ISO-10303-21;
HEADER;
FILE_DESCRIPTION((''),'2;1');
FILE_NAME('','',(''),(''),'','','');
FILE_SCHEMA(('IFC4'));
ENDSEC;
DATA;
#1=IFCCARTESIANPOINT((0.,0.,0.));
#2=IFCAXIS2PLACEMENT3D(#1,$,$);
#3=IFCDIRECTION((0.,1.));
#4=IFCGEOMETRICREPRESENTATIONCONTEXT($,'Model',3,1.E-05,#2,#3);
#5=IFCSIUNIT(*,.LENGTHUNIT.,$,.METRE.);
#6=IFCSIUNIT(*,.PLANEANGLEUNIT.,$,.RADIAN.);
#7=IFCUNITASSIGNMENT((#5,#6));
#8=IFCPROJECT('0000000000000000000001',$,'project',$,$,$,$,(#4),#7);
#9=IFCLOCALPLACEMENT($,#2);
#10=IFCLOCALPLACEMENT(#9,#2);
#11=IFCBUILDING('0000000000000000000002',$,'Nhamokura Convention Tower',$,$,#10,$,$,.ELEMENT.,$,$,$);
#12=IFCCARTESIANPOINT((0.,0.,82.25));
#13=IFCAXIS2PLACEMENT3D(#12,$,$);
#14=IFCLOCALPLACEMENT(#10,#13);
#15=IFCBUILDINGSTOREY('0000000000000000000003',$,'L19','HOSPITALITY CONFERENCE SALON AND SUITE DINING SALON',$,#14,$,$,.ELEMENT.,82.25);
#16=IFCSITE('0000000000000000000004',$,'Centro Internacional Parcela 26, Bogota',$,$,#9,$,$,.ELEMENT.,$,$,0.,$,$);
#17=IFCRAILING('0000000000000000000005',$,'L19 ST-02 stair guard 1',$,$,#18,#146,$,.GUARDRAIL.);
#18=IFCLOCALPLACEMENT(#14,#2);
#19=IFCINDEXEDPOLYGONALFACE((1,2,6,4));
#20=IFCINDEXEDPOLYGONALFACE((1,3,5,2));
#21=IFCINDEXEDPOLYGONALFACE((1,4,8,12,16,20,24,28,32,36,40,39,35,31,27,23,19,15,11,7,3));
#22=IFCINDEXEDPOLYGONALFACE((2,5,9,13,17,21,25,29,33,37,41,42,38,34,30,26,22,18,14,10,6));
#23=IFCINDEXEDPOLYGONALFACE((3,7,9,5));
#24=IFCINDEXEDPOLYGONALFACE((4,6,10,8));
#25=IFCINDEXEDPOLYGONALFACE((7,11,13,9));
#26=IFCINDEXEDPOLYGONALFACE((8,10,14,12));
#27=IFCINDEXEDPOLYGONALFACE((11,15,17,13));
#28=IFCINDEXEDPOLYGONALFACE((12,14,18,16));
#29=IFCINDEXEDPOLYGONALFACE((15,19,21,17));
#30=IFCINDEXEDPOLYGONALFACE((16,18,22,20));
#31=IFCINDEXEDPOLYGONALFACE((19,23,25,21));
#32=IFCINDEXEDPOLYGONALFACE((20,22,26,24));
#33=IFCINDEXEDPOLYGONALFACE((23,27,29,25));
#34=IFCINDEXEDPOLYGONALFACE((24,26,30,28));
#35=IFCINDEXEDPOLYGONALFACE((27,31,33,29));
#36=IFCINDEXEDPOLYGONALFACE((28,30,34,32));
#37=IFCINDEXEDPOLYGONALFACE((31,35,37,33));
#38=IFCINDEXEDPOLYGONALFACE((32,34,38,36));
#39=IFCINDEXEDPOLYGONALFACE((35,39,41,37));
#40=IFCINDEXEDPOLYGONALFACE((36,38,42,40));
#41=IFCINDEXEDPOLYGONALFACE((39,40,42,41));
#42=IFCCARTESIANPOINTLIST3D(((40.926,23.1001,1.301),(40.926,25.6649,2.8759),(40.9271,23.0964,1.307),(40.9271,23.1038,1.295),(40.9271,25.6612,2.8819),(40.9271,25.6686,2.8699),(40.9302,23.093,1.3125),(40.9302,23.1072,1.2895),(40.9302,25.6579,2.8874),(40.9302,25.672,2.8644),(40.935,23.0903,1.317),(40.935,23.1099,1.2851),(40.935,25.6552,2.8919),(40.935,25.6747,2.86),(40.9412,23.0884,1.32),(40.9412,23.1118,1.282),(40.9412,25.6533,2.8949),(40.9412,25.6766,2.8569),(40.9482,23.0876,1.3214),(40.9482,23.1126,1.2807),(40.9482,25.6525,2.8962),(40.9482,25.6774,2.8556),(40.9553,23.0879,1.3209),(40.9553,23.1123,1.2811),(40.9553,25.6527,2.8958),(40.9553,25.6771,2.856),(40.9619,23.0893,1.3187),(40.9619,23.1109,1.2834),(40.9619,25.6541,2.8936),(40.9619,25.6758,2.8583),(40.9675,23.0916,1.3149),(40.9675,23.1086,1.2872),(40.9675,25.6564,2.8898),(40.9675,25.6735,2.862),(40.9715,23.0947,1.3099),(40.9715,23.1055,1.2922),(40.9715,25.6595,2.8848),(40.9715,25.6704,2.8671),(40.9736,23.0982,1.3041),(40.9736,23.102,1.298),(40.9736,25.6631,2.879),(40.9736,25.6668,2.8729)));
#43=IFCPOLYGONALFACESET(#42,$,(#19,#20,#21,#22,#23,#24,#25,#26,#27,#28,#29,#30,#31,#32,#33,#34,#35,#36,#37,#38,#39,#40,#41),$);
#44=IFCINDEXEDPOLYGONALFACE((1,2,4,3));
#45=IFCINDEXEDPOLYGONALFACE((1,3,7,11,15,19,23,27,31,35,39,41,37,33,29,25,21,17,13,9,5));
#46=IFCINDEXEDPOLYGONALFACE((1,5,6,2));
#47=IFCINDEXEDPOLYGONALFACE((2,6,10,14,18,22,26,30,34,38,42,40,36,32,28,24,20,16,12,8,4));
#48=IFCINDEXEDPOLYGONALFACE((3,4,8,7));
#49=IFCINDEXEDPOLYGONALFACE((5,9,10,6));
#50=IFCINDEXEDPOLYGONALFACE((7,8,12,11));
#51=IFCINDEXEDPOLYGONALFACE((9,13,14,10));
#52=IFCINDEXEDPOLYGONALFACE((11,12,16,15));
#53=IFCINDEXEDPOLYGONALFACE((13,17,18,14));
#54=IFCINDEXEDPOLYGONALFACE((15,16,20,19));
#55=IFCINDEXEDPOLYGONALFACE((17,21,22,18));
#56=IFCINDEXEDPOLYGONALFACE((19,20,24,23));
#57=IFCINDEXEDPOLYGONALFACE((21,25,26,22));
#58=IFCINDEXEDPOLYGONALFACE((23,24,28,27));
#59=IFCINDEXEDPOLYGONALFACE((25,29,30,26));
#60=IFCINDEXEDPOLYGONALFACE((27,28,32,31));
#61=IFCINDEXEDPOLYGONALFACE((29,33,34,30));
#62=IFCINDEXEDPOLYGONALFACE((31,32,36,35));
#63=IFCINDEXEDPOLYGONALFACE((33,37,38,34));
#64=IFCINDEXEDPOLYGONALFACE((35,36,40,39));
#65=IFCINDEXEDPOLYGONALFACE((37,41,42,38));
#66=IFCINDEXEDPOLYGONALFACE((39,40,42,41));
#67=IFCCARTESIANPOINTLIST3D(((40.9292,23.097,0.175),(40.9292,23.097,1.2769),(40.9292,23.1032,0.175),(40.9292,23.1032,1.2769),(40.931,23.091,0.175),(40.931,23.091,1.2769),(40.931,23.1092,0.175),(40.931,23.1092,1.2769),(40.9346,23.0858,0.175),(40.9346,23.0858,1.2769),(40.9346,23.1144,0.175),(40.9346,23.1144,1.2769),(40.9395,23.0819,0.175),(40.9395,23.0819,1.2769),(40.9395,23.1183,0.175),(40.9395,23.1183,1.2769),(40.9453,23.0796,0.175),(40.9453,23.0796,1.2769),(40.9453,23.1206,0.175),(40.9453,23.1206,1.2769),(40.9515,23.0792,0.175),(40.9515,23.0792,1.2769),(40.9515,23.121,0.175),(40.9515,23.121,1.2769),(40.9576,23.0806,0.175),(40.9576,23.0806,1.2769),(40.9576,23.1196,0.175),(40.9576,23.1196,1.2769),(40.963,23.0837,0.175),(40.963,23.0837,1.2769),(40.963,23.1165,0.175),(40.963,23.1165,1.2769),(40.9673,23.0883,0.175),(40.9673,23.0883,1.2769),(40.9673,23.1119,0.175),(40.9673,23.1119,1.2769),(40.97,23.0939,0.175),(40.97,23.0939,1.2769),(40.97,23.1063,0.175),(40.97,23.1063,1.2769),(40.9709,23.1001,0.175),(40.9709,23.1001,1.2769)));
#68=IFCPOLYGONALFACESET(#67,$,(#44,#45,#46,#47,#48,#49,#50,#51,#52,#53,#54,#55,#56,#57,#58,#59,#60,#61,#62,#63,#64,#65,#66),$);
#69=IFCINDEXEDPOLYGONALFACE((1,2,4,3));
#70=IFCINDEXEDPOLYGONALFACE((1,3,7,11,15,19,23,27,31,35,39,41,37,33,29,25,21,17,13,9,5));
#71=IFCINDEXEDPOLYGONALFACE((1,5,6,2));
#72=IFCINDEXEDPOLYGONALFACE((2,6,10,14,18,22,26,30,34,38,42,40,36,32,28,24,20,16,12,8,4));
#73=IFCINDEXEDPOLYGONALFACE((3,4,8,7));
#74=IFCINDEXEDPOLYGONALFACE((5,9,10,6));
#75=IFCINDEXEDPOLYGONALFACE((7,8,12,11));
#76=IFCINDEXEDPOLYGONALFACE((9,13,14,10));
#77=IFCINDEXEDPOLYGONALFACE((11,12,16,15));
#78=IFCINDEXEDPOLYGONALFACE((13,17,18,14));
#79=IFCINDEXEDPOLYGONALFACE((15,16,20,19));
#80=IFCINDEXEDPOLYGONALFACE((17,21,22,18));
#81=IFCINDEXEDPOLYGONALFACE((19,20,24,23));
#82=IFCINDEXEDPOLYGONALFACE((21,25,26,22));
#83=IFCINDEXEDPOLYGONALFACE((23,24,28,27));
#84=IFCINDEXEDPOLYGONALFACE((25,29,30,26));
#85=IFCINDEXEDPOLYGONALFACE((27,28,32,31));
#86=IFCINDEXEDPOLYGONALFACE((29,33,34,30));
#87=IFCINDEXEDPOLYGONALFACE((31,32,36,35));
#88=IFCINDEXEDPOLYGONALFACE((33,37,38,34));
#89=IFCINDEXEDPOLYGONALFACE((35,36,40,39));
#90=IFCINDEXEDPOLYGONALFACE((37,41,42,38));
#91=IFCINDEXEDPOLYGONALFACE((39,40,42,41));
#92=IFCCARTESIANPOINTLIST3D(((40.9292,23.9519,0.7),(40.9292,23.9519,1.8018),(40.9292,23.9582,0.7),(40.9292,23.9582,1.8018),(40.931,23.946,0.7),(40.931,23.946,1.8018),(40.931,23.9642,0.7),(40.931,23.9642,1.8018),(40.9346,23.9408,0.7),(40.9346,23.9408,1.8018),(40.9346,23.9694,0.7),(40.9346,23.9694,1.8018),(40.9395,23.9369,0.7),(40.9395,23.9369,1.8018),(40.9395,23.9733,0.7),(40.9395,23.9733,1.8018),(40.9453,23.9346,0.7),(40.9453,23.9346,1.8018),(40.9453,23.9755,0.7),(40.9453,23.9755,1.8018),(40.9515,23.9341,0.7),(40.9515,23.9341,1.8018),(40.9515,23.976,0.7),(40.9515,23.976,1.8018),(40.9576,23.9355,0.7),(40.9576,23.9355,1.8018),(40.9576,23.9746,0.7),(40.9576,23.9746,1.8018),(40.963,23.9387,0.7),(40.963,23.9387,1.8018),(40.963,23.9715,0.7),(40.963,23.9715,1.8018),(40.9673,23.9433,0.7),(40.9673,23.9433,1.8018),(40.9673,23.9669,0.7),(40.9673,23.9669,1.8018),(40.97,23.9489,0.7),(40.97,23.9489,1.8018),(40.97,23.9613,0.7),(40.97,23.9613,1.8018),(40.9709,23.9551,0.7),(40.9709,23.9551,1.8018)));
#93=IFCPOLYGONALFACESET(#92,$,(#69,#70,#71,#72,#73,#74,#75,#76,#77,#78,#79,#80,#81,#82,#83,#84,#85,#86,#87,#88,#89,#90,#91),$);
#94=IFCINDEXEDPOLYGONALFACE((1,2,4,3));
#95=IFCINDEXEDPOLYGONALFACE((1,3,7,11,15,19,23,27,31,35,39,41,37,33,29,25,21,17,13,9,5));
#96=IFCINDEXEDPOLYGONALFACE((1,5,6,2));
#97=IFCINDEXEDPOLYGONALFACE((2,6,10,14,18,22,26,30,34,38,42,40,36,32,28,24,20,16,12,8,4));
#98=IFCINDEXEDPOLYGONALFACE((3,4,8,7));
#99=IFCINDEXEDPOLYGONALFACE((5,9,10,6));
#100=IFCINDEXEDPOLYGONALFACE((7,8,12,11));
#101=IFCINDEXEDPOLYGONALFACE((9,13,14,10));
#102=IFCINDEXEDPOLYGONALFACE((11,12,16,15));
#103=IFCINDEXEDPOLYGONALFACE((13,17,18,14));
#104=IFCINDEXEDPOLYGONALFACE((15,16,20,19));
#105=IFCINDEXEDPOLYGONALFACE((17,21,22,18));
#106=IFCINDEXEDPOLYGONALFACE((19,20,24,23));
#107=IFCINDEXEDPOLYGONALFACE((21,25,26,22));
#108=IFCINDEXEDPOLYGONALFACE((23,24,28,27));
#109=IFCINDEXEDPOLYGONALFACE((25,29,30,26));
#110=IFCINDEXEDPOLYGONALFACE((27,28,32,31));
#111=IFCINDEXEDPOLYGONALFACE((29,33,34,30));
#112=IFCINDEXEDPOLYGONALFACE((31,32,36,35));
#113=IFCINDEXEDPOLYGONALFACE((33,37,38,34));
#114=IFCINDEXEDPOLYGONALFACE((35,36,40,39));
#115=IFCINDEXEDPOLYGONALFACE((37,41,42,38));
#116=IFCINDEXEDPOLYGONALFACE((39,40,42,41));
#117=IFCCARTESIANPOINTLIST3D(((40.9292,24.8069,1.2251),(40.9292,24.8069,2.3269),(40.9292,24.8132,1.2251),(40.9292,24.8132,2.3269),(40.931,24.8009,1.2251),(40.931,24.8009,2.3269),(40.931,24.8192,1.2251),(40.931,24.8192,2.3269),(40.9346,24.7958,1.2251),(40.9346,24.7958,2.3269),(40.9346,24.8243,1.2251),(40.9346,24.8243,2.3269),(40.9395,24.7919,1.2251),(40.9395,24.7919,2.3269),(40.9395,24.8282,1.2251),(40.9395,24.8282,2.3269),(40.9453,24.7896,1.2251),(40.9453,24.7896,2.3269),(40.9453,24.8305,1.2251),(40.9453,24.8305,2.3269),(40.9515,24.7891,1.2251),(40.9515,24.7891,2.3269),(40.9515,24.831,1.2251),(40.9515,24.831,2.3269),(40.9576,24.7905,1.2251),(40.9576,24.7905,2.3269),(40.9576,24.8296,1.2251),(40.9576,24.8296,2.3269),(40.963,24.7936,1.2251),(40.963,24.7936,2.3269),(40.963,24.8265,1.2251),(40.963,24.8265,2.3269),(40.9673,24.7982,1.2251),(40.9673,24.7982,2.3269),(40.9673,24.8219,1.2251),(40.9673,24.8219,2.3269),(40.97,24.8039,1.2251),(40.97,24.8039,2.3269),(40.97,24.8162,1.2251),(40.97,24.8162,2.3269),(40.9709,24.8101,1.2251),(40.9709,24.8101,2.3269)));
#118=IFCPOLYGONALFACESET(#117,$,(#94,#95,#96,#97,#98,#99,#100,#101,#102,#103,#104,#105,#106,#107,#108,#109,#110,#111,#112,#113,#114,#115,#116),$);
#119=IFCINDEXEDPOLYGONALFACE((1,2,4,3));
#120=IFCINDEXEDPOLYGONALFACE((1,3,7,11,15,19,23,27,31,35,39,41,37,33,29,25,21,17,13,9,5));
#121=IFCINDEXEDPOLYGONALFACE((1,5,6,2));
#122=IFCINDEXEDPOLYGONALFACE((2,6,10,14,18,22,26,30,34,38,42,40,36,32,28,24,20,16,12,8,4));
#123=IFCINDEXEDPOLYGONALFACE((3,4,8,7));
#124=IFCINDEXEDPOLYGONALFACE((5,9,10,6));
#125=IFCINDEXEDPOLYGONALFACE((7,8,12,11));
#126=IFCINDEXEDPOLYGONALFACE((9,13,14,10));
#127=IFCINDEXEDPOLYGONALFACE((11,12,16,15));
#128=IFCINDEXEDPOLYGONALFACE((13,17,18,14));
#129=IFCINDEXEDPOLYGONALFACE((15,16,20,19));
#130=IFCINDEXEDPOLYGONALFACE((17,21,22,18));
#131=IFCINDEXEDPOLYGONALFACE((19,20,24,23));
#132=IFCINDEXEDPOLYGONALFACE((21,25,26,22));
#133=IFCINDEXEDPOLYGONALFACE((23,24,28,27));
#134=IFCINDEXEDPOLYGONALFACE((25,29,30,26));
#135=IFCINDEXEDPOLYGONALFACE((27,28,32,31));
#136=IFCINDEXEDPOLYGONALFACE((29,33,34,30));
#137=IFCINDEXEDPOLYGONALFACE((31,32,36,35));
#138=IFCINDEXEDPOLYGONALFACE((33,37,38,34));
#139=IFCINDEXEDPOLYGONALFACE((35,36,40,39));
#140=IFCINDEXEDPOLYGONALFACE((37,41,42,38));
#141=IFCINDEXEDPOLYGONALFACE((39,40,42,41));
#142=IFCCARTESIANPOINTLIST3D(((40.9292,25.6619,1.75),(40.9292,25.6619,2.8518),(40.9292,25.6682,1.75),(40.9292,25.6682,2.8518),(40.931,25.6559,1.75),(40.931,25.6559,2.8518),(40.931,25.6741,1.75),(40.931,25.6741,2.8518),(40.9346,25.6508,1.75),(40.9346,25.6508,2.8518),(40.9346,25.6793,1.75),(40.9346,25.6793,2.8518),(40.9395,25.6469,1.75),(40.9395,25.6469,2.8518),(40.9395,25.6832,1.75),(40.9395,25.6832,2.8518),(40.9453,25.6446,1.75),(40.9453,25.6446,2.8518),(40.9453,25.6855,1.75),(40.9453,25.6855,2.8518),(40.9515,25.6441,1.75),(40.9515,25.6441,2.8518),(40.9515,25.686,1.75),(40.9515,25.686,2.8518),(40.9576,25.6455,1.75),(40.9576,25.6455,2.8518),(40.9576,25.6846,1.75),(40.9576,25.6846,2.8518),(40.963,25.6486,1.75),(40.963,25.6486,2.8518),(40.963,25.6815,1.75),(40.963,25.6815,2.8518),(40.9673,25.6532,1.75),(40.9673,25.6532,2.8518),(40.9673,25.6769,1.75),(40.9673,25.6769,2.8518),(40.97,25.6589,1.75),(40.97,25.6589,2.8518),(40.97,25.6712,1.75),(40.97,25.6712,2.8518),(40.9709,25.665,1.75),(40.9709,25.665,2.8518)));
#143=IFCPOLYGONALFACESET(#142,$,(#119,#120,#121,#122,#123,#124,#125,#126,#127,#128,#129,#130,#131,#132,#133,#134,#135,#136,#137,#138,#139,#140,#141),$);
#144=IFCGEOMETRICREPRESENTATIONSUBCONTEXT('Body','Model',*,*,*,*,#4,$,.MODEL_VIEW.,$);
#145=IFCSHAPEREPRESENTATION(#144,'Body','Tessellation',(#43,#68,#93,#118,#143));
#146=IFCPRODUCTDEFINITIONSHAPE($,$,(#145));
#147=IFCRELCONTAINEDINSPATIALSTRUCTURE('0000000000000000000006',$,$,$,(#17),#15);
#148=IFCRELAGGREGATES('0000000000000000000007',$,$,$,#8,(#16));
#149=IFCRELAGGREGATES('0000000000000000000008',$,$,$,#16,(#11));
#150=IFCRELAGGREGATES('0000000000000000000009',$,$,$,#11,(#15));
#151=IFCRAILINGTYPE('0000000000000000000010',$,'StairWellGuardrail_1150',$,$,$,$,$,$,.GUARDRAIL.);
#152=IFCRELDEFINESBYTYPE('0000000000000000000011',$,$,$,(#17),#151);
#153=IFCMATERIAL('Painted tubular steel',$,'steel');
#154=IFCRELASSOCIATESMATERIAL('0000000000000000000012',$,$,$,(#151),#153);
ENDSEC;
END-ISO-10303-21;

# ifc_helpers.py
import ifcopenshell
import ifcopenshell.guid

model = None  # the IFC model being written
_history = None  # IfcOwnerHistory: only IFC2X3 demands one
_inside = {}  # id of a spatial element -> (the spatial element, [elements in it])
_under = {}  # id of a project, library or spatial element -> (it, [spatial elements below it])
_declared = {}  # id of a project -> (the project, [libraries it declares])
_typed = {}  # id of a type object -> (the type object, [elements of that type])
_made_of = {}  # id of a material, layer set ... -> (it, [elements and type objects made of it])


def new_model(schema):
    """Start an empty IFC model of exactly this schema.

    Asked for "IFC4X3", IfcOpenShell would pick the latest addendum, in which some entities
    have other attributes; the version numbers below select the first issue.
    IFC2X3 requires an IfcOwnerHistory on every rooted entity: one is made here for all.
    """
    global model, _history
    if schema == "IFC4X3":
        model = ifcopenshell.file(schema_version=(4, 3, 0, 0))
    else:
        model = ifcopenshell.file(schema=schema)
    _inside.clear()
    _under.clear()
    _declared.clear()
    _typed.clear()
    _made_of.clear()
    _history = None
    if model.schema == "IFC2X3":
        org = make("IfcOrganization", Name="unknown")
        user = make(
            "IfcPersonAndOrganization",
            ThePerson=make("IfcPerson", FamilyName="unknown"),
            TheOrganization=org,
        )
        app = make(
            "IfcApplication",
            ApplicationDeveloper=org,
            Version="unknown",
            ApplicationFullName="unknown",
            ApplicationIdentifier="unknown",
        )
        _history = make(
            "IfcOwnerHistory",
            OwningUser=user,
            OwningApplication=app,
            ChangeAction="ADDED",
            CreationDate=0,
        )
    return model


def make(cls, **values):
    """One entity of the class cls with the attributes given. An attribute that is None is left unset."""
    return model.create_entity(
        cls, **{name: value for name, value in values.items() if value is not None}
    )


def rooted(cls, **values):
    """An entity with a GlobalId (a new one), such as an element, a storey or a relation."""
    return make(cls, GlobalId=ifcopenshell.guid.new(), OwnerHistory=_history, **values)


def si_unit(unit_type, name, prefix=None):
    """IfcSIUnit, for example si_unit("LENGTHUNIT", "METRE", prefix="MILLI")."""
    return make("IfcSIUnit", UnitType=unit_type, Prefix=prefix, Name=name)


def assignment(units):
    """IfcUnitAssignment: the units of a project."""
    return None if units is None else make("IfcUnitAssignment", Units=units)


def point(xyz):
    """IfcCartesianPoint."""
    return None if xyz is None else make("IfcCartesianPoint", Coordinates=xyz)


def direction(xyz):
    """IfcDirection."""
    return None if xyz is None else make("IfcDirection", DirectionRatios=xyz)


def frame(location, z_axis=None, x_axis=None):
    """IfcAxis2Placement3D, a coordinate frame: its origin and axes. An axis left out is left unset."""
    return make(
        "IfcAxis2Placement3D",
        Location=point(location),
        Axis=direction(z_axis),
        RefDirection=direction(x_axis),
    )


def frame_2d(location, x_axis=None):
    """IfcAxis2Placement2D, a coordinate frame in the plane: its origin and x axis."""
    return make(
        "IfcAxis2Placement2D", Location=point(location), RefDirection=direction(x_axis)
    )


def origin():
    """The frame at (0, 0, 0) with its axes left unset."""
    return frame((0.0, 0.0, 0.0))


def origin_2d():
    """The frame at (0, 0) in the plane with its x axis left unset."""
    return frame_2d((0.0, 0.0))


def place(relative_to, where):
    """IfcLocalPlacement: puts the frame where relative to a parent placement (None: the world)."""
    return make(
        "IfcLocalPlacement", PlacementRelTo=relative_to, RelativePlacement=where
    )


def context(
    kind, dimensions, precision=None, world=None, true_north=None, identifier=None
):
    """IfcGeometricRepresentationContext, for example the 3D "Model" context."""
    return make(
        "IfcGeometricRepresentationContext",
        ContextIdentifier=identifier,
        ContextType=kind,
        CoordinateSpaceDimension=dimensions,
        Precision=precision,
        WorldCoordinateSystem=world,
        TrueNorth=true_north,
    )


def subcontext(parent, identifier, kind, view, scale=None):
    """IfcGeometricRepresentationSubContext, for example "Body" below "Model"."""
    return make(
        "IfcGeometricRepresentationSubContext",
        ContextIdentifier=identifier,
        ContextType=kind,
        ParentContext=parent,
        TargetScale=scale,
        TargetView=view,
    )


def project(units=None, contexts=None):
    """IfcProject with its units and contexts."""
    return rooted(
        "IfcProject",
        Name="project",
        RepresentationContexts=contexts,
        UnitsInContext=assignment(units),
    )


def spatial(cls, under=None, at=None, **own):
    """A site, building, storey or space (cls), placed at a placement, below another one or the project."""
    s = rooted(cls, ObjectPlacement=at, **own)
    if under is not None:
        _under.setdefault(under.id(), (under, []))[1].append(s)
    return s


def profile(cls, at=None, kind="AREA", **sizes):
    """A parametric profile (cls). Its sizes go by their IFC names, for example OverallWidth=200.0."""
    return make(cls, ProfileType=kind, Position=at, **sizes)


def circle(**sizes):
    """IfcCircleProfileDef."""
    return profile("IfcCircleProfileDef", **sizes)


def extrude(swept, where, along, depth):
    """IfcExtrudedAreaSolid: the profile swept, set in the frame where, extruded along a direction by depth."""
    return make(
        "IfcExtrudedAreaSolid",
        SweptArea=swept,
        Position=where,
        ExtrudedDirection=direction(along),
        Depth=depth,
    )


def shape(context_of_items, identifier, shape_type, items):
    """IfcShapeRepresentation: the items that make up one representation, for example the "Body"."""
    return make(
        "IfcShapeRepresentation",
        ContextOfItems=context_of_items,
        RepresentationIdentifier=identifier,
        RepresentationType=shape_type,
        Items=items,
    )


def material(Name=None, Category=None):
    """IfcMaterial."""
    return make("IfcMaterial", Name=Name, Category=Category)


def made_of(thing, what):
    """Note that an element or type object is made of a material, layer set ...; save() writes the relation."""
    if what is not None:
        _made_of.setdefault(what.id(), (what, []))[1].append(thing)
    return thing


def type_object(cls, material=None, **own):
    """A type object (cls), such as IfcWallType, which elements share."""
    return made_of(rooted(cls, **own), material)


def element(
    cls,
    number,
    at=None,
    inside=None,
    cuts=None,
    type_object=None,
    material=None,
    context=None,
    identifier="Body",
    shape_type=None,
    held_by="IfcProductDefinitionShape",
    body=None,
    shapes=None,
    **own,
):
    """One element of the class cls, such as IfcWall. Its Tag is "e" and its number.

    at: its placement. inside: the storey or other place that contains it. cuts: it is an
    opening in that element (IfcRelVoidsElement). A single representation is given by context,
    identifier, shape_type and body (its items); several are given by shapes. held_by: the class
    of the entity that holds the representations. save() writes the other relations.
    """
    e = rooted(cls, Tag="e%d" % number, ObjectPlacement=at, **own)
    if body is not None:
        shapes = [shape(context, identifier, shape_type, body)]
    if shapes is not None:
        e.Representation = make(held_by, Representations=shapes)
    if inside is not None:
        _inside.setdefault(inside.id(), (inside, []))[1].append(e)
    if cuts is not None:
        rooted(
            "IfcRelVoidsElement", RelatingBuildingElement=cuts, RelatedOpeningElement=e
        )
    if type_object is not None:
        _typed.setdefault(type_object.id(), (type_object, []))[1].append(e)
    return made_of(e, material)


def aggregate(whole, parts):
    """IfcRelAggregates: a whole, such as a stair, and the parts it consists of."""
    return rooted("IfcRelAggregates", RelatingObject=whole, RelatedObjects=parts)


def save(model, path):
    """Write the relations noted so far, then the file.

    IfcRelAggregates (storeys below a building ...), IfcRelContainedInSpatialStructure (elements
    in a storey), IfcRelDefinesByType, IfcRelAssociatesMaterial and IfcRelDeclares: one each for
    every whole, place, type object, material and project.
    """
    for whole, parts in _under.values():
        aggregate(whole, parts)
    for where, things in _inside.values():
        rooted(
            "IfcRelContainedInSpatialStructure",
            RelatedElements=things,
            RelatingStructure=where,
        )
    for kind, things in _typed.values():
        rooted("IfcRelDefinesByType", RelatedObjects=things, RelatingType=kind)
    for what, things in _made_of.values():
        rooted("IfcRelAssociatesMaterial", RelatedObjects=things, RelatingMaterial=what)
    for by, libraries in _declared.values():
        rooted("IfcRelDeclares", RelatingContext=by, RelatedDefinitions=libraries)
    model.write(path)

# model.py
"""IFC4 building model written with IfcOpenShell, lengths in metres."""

from ifc_helpers import new_model, si_unit, direction, frame, origin, origin_2d, place, context, subcontext, project, spatial, circle, extrude, material, type_object, element, save


model = new_model("IFC4")

# Units and contexts
model_context = context("Model", 3, precision=1e-05, world=origin(), true_north=direction((0.0, 1.0)))
body_context = subcontext(model_context, "Body", "Model", "MODEL_VIEW")
ifc_project = project(units=[si_unit("LENGTHUNIT", "METRE"), si_unit("PLANEANGLEUNIT", "RADIAN")], contexts=[model_context])

# Site, building, storey
site_placement = place(None, origin())
site = spatial("IfcSite", under=ifc_project, at=site_placement, Name="Centro Internacional Parcela 26, Bogota", CompositionType="ELEMENT", RefElevation=0.0)
building_placement = place(site_placement, origin())
building = spatial("IfcBuilding", under=site, at=building_placement, Name="Nhamokura Convention Tower", CompositionType="ELEMENT")
storey_placement = place(building_placement, frame((0.0, 0.0, 82.25)))
storey = spatial("IfcBuildingStorey", under=building, at=storey_placement, Name="L19", Description="HOSPITALITY CONFERENCE SALON AND SUITE DINING SALON", CompositionType="ELEMENT", Elevation=82.25)

# Railing
ifc_material_1 = material(Name="Painted tubular steel", Category="steel")
railing_type_1 = type_object("IfcRailingType", Name="StairWellGuardrail_1150", PredefinedType="GUARDRAIL", material=ifc_material_1)
railing_1_placement = place(storey_placement, frame((40.95, 23.1001, 0.175)))
element("IfcRailing", 1, at=railing_1_placement, inside=storey, type_object=railing_type_1, Name="L19 ST-02 stair guard 1", PredefinedType="GUARDRAIL", context=body_context, shape_type="SweptSolid", body=[
    extrude(circle(Radius=0.0239, at=origin_2d()), frame((0.0, 0.0, 1.126), z_axis=(0.0, 0.852173, 0.52326), x_axis=(-1.0, 0.0, 0.0)), (0.0, 0.0, 1.0), 3.0098),
    extrude(circle(Radius=0.021, at=origin_2d()), origin(), (0.0, 0.0, 1.0), 1.1018),
    extrude(circle(Radius=0.021, at=origin_2d()), frame((0.0, 0.855, 0.5249)), (0.0, 0.0, 1.0), 1.1018),
    extrude(circle(Radius=0.021, at=origin_2d()), frame((0.0, 1.71, 1.05)), (0.0, 0.0, 1.0), 1.1018),
    extrude(circle(Radius=0.021, at=origin_2d()), frame((0.0, 2.5649, 1.575)), (0.0, 0.0, 1.0), 1.1018),
])

save(model, "model.ifc")
